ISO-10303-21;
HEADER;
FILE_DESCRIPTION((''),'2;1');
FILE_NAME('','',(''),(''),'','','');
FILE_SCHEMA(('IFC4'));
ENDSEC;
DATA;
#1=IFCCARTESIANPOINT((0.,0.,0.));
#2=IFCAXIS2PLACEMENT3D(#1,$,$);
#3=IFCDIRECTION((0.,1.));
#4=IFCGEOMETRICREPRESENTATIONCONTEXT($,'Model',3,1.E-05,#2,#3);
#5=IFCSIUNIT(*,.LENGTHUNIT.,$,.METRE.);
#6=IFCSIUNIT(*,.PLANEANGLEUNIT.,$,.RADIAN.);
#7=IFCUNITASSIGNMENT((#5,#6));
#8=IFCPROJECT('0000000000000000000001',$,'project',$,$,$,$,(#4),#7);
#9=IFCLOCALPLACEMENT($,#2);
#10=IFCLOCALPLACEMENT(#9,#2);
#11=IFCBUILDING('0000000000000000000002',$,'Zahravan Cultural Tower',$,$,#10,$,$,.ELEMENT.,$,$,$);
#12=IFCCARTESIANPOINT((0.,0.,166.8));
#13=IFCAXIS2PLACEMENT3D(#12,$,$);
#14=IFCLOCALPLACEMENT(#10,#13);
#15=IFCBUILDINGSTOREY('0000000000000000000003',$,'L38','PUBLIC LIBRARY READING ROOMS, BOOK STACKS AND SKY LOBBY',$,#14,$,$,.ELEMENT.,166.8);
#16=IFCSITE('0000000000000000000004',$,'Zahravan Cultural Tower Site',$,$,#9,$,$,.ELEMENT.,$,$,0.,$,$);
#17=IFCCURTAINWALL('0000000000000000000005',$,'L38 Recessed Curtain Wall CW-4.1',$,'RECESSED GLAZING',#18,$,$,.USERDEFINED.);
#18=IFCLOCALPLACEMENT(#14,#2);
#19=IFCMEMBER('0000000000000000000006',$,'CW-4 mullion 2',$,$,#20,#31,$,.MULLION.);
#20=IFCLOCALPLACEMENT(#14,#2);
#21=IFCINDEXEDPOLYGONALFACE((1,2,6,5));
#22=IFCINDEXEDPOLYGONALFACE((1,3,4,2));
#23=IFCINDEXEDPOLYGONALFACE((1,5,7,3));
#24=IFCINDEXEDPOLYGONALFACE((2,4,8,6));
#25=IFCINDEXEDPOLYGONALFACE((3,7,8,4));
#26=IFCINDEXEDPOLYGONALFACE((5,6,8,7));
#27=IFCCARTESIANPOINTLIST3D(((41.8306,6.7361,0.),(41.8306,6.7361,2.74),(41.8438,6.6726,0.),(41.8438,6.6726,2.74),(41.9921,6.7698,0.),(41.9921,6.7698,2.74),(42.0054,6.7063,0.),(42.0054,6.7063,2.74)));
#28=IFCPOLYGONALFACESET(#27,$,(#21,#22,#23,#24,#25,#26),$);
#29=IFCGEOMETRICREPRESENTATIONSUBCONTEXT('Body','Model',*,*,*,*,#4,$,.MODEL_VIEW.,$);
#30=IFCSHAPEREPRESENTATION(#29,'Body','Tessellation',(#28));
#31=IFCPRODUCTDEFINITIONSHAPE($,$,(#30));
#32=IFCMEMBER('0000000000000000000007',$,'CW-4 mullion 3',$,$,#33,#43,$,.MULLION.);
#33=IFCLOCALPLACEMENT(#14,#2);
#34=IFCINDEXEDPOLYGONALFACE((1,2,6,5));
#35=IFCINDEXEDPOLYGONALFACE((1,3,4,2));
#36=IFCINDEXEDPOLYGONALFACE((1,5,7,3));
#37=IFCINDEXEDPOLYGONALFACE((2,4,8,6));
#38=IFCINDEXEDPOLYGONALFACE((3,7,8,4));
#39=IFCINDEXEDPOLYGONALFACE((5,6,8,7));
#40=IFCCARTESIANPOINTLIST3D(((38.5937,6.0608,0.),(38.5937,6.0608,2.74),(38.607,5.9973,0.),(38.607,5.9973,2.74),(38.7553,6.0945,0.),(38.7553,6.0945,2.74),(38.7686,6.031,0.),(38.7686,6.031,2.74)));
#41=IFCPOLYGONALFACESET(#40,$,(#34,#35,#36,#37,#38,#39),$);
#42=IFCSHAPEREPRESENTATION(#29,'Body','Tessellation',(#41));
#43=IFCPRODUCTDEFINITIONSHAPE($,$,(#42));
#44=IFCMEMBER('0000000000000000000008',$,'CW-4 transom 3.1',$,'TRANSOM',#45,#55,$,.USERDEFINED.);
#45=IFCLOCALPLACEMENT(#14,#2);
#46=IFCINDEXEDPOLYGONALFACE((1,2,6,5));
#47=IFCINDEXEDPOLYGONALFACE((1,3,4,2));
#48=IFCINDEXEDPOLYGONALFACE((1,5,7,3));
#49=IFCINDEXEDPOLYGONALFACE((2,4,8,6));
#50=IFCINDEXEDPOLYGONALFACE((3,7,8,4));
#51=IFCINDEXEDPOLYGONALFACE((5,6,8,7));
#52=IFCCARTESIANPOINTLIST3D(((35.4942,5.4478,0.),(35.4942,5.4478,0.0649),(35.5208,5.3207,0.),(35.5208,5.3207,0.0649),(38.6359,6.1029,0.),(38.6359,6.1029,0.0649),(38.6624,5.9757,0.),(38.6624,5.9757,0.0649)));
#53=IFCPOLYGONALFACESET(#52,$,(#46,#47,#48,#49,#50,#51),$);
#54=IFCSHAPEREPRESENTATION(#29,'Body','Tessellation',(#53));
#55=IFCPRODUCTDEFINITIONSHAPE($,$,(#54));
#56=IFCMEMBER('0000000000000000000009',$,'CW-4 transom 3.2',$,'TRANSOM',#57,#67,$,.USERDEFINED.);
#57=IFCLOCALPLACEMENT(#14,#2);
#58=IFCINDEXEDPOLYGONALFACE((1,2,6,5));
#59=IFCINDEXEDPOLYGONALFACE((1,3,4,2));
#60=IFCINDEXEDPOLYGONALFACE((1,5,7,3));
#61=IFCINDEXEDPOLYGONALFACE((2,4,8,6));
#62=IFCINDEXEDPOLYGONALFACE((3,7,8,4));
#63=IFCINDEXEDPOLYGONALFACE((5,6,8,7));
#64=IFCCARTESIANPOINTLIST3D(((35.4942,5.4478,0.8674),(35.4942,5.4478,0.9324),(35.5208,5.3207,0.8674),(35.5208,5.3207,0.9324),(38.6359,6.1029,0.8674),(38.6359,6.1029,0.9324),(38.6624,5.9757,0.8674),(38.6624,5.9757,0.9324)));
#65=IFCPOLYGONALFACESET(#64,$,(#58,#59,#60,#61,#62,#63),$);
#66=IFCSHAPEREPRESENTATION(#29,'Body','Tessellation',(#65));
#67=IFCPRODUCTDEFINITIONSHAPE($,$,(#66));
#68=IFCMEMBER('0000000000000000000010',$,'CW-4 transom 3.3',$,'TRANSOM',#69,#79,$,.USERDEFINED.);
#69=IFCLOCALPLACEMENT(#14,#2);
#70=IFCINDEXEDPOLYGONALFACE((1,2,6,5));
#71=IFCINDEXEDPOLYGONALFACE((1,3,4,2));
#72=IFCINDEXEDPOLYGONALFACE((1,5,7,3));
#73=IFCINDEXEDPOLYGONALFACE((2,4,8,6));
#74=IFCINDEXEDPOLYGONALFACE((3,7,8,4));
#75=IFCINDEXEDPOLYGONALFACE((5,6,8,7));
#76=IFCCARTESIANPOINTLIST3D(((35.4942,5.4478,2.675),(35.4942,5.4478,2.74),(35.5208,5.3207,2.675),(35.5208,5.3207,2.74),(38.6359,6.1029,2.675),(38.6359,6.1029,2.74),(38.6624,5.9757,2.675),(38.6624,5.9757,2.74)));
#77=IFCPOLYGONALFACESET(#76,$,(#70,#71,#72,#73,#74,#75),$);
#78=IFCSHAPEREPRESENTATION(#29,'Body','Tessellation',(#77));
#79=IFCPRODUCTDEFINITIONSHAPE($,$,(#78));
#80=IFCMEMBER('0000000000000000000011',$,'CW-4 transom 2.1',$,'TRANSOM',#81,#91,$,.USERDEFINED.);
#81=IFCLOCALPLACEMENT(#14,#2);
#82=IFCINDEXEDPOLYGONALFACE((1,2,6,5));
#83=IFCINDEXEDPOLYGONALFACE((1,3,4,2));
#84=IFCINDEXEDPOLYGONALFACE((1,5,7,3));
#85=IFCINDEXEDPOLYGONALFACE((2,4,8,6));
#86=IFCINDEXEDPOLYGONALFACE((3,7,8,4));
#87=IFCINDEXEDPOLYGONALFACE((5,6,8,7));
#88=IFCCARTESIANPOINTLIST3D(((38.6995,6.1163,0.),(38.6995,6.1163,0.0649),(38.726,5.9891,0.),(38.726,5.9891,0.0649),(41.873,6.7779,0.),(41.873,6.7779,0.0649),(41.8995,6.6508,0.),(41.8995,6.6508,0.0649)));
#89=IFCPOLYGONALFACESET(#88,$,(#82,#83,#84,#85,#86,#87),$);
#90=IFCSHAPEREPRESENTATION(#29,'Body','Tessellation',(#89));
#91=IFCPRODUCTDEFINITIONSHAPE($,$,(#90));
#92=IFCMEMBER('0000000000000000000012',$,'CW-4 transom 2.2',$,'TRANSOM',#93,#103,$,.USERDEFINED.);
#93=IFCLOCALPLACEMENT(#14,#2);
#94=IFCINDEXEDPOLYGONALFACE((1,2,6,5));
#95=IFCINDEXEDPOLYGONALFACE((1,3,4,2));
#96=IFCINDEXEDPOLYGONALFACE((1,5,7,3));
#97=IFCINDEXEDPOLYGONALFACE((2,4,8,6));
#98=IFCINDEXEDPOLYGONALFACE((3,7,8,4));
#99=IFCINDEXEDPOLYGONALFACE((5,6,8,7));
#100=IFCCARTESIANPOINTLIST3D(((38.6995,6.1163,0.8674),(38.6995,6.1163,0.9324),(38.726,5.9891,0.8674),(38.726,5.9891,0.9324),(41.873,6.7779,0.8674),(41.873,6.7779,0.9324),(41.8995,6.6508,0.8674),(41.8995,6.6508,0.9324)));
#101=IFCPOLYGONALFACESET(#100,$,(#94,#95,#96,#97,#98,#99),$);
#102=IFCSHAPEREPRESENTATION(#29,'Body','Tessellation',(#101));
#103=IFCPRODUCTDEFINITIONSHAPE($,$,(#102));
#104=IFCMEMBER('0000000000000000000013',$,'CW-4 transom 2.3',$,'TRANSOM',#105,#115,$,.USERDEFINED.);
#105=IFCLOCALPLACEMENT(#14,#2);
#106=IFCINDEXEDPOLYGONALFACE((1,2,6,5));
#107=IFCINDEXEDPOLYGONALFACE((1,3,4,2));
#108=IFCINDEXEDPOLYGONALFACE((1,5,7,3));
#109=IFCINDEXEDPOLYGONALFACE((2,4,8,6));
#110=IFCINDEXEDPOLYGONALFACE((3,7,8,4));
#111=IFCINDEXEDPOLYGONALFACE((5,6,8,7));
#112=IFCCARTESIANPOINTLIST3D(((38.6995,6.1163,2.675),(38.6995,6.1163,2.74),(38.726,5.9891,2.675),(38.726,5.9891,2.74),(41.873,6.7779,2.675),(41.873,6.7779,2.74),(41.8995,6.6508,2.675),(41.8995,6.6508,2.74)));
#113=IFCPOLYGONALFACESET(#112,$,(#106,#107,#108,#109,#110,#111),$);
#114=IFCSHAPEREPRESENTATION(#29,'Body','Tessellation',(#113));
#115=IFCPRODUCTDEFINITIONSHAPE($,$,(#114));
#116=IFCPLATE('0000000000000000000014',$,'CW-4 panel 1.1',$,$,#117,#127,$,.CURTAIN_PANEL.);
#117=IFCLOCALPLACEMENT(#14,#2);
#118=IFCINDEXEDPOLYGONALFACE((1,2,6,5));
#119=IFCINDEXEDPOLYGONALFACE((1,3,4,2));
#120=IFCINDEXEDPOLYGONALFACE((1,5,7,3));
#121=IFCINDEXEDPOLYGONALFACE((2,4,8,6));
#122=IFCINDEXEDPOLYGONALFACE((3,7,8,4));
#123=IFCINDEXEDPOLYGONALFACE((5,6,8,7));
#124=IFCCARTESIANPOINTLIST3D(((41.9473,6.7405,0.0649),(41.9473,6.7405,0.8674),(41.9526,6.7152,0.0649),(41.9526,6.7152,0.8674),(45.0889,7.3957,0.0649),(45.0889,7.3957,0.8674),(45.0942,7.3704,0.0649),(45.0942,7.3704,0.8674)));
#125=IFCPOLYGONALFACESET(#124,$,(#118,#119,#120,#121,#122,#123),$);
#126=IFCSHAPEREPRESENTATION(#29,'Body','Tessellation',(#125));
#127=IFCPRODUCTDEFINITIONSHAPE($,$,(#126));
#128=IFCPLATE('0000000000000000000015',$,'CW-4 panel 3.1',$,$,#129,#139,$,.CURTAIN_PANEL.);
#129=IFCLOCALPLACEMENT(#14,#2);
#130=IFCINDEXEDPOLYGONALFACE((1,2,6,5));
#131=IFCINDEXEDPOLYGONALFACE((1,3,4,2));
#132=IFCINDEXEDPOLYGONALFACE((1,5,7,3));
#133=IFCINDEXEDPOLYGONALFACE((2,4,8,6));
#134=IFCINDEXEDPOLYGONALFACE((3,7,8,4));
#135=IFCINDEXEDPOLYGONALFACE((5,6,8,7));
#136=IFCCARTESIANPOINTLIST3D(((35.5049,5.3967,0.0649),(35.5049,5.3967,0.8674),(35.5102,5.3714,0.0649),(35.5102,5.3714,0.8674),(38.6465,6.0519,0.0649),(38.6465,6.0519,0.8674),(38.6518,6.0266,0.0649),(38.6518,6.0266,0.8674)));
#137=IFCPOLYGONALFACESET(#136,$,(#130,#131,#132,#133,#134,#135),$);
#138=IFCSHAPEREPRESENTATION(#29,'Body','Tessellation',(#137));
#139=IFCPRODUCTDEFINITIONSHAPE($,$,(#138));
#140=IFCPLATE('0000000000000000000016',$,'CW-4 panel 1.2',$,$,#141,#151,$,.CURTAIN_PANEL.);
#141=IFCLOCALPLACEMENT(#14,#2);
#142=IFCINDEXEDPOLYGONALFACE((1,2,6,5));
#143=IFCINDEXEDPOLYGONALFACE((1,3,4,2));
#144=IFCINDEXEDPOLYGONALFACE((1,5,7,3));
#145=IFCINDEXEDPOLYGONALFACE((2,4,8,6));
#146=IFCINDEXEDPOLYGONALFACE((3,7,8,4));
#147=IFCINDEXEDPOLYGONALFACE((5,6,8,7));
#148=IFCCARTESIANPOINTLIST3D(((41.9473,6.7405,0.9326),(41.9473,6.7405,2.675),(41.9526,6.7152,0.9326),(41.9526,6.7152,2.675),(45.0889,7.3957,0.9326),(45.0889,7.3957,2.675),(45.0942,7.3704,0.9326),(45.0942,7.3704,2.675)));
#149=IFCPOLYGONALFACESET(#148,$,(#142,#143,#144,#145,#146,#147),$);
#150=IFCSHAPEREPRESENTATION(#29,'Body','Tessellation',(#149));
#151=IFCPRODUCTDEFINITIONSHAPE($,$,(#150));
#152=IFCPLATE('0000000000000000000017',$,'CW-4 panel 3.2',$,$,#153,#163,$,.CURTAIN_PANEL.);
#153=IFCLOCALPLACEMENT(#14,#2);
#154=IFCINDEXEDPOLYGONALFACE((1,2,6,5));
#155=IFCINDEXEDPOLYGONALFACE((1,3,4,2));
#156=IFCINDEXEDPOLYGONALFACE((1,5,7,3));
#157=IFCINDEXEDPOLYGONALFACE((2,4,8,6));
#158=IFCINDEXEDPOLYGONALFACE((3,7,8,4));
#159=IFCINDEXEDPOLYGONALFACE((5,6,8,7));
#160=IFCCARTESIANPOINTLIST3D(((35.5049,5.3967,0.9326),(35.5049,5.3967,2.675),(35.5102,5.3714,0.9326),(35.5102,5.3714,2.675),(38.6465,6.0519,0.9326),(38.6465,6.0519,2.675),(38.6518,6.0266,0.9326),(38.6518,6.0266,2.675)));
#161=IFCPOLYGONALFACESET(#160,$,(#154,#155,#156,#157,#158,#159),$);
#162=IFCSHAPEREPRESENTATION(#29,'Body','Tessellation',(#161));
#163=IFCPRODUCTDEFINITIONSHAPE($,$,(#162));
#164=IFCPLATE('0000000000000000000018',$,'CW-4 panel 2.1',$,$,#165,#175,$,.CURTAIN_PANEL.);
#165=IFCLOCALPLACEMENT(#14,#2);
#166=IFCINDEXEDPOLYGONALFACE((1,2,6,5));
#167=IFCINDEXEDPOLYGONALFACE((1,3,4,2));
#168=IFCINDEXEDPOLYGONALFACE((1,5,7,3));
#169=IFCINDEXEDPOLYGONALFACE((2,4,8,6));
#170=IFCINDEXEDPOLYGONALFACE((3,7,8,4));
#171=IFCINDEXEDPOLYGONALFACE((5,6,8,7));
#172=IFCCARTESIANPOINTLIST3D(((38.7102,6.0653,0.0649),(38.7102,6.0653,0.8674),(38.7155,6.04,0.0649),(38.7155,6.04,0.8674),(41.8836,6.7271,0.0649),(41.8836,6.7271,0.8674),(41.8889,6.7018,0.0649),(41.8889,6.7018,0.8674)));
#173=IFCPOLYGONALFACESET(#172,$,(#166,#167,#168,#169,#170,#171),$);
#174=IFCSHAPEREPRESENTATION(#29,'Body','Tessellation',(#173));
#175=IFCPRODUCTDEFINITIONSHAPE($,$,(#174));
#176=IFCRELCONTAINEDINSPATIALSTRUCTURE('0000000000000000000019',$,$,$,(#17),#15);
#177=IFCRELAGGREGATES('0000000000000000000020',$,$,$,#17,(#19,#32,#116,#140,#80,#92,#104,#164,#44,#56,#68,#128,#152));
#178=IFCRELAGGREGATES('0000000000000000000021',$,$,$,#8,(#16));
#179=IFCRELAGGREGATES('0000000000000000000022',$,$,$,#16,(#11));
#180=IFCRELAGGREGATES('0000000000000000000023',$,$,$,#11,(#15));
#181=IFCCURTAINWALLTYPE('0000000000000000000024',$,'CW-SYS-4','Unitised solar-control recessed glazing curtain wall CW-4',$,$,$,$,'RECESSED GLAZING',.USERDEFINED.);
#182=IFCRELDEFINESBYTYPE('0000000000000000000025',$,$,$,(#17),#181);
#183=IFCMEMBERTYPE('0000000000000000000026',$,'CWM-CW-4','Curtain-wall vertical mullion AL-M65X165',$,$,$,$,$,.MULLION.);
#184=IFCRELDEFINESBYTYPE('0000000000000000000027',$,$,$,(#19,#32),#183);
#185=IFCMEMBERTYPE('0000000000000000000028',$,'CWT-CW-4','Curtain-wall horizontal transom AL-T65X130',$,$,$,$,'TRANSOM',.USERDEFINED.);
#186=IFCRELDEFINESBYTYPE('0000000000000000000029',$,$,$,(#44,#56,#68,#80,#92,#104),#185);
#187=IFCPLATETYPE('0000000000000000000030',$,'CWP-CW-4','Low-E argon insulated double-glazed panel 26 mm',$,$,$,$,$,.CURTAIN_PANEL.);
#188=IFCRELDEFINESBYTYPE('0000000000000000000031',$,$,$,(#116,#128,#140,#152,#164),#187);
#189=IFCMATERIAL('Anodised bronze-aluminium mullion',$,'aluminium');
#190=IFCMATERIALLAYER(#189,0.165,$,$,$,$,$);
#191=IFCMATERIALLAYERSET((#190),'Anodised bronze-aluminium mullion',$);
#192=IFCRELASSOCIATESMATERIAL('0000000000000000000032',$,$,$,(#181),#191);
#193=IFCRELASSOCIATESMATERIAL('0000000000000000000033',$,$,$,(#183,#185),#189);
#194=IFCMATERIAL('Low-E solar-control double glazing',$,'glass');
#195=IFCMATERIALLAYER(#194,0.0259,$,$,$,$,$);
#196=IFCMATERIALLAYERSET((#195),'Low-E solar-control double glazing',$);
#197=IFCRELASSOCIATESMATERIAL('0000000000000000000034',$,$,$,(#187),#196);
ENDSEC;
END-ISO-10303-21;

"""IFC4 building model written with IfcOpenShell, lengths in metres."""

from ifc_helpers import new_model, si_unit, direction, frame, origin, origin_2d, place, context, subcontext, project, spatial, rectangle, extrude, source, transform, mapped, material, layer, layer_set, material_profile, profile_set, type_object, element, aggregate, save


model = new_model("IFC4")

# Units and contexts
model_context = context("Model", 3, precision=1e-05, world=origin(), true_north=direction((0.0, 1.0)))
body_context = subcontext(model_context, "Body", "Model", "MODEL_VIEW")
ifc_project = project(units=[si_unit("LENGTHUNIT", "METRE"), si_unit("PLANEANGLEUNIT", "RADIAN")], contexts=[model_context])

# Site, building, storey
site_placement = place(None, origin())
site = spatial("IfcSite", under=ifc_project, at=site_placement, Name="Zahravan Cultural Tower Site", CompositionType="ELEMENT", RefElevation=0.0)
building_placement = place(site_placement, origin())
building = spatial("IfcBuilding", under=site, at=building_placement, Name="Zahravan Cultural Tower", CompositionType="ELEMENT")
storey_placement = place(building_placement, frame((0.0, 0.0, 166.8)))
storey = spatial("IfcBuildingStorey", under=building, at=storey_placement, Name="L38", Description="PUBLIC LIBRARY READING ROOMS, BOOK STACKS AND SKY LOBBY", CompositionType="ELEMENT", Elevation=166.8)

# Curtain wall, members, plates
ifc_material_1 = material(Name="Anodised bronze-aluminium mullion", Category="aluminium")
ifc_layer_1 = layer(ifc_material_1, 0.165)
ifc_layer_set_1 = layer_set([ifc_layer_1], Name="Anodised bronze-aluminium mullion")
curtain_wall_type = type_object("IfcCurtainWallType", Name="CW-SYS-4", Description="Unitised solar-control recessed glazing curtain wall CW-4", ElementType="RECESSED GLAZING", PredefinedType="USERDEFINED", material=ifc_layer_set_1)
curtain_wall_placement = place(storey_placement, origin())
curtain_wall = element("IfcCurtainWall", 1, at=curtain_wall_placement, inside=storey, type_object=curtain_wall_type, Name="L38 Recessed Curtain Wall CW-4.1", ObjectType="RECESSED GLAZING", PredefinedType="USERDEFINED")
ifc_material_profile_1 = material_profile(ifc_material_1, rectangle(XDim=0.0649, YDim=0.165, at=origin_2d()), Name="AL-M65X165")
ifc_profile_set_1 = profile_set([ifc_material_profile_1], Name="Anodised bronze-aluminium mullion")
member_type_1 = type_object("IfcMemberType", Name="CWM-CW-4", Description="Curtain-wall vertical mullion AL-M65X165", PredefinedType="MULLION", material=ifc_profile_set_1)
shared_shape_1 = source(origin(), body_context, "Body", "SweptSolid", [
    extrude(rectangle(XDim=0.0649, YDim=0.165, at=origin_2d()), origin(), (0.0, 0.0, 1.0), 2.74),
])
member_1_placement = place(storey_placement, frame((41.918, 6.7212, 0.0), z_axis=(0.0, 0.0, 1.0), x_axis=(0.204162, -0.978937, 0.0)))
member_1 = element("IfcMember", 2, at=member_1_placement, type_object=member_type_1, Name="CW-4 mullion 2", PredefinedType="MULLION", context=body_context, shape_type="MappedRepresentation", body=[
    mapped(shared_shape_1, transform((0.0, 0.0, 0.0), x_axis=(1.0, 0.0, 0.0), y_axis=(0.0, 1.0, 0.0), z_axis=(0.0, 0.0, 1.0), scale=1.0)),
])
member_2_placement = place(storey_placement, frame((38.6812, 6.0459, 0.0), z_axis=(0.0, 0.0, 1.0), x_axis=(0.204162, -0.978937, 0.0)))
member_2 = element("IfcMember", 3, at=member_2_placement, type_object=member_type_1, Name="CW-4 mullion 3", PredefinedType="MULLION", context=body_context, shape_type="MappedRepresentation", body=[
    mapped(shared_shape_1, transform((0.0, 0.0, 0.0), x_axis=(1.0, 0.0, 0.0), y_axis=(0.0, 1.0, 0.0), z_axis=(0.0, 0.0, 1.0), scale=1.0)),
])
ifc_material_profile_2 = material_profile(ifc_material_1, rectangle(XDim=0.1299, YDim=0.0649, at=origin_2d()), Name="AL-T65X130")
ifc_profile_set_2 = profile_set([ifc_material_profile_2], Name="Anodised bronze-aluminium mullion")
member_type_2 = type_object("IfcMemberType", Name="CWT-CW-4", Description="Curtain-wall horizontal transom AL-T65X130", ElementType="TRANSOM", PredefinedType="USERDEFINED", material=ifc_profile_set_2)
shared_shape_2 = source(origin(), body_context, "Body", "SweptSolid", [
    extrude(rectangle(XDim=0.1299, YDim=0.0649, at=origin_2d()), origin(), (0.0, 0.0, 1.0), 3.2092),
])
member_3_placement = place(storey_placement, frame((38.6492, 6.0393, 0.0325), z_axis=(-0.978947, -0.204112, 0.0), x_axis=(0.204112, -0.978947, 0.0)))
member_3 = element("IfcMember", 4, at=member_3_placement, type_object=member_type_2, Name="CW-4 transom 3.1", ObjectType="TRANSOM", PredefinedType="USERDEFINED", context=body_context, shape_type="MappedRepresentation", body=[
    mapped(shared_shape_2, transform((0.0, 0.0, 0.0), x_axis=(1.0, 0.0, 0.0), y_axis=(0.0, 1.0, 0.0), z_axis=(0.0, 0.0, 1.0), scale=1.0)),
])
member_4_placement = place(storey_placement, frame((38.6492, 6.0393, 0.8999), z_axis=(-0.978947, -0.204112, 0.0), x_axis=(0.204112, -0.978947, 0.0)))
member_4 = element("IfcMember", 5, at=member_4_placement, type_object=member_type_2, Name="CW-4 transom 3.2", ObjectType="TRANSOM", PredefinedType="USERDEFINED", context=body_context, shape_type="MappedRepresentation", body=[
    mapped(shared_shape_2, transform((0.0, 0.0, 0.0), x_axis=(1.0, 0.0, 0.0), y_axis=(0.0, 1.0, 0.0), z_axis=(0.0, 0.0, 1.0), scale=1.0)),
])
member_5_placement = place(storey_placement, frame((38.6492, 6.0393, 2.7075), z_axis=(-0.978947, -0.204112, 0.0), x_axis=(0.204112, -0.978947, 0.0)))
member_5 = element("IfcMember", 6, at=member_5_placement, type_object=member_type_2, Name="CW-4 transom 3.3", ObjectType="TRANSOM", PredefinedType="USERDEFINED", context=body_context, shape_type="MappedRepresentation", body=[
    mapped(shared_shape_2, transform((0.0, 0.0, 0.0), x_axis=(1.0, 0.0, 0.0), y_axis=(0.0, 1.0, 0.0), z_axis=(0.0, 0.0, 1.0), scale=1.0)),
])
shared_shape_3 = source(origin(), body_context, "Body", "SweptSolid", [
    extrude(rectangle(XDim=0.1299, YDim=0.0649, at=origin_2d()), origin(), (0.0, 0.0, 1.0), 3.2417),
])
member_6_placement = place(storey_placement, frame((41.8862, 6.7144, 0.0325), z_axis=(-0.978949, -0.204105, 0.0), x_axis=(0.204105, -0.978949, 0.0)))
member_6 = element("IfcMember", 7, at=member_6_placement, type_object=member_type_2, Name="CW-4 transom 2.1", ObjectType="TRANSOM", PredefinedType="USERDEFINED", context=body_context, shape_type="MappedRepresentation", body=[
    mapped(shared_shape_3, transform((0.0, 0.0, 0.0), x_axis=(1.0, 0.0, 0.0), y_axis=(0.0, 1.0, 0.0), z_axis=(0.0, 0.0, 1.0), scale=1.0)),
])
member_7_placement = place(storey_placement, frame((41.8862, 6.7144, 0.8999), z_axis=(-0.978949, -0.204105, 0.0), x_axis=(0.204105, -0.978949, 0.0)))
member_7 = element("IfcMember", 8, at=member_7_placement, type_object=member_type_2, Name="CW-4 transom 2.2", ObjectType="TRANSOM", PredefinedType="USERDEFINED", context=body_context, shape_type="MappedRepresentation", body=[
    mapped(shared_shape_3, transform((0.0, 0.0, 0.0), x_axis=(1.0, 0.0, 0.0), y_axis=(0.0, 1.0, 0.0), z_axis=(0.0, 0.0, 1.0), scale=1.0)),
])
member_8_placement = place(storey_placement, frame((41.8862, 6.7144, 2.7075), z_axis=(-0.978949, -0.204105, 0.0), x_axis=(0.204105, -0.978949, 0.0)))
member_8 = element("IfcMember", 9, at=member_8_placement, type_object=member_type_2, Name="CW-4 transom 2.3", ObjectType="TRANSOM", PredefinedType="USERDEFINED", context=body_context, shape_type="MappedRepresentation", body=[
    mapped(shared_shape_3, transform((0.0, 0.0, 0.0), x_axis=(1.0, 0.0, 0.0), y_axis=(0.0, 1.0, 0.0), z_axis=(0.0, 0.0, 1.0), scale=1.0)),
])
ifc_material_2 = material(Name="Low-E solar-control double glazing", Category="glass")
ifc_layer_2 = layer(ifc_material_2, 0.0259)
ifc_layer_set_2 = layer_set([ifc_layer_2], Name="Low-E solar-control double glazing")
plate_type = type_object("IfcPlateType", Name="CWP-CW-4", Description="Low-E argon insulated double-glazed panel 26 mm", PredefinedType="CURTAIN_PANEL", material=ifc_layer_set_2)
shared_shape_4 = source(origin(), body_context, "Body", "SweptSolid", [
    extrude(rectangle(XDim=3.2092, YDim=0.0259, at=origin_2d()), origin(), (0.0, 0.0, 1.0), 0.8025),
])
plate_1_placement = place(storey_placement, frame((43.5208, 7.0554, 0.0649), z_axis=(0.0, 0.0, 1.0), x_axis=(-0.978937, -0.204162, 0.0)))
plate_1 = element("IfcPlate", 10, at=plate_1_placement, type_object=plate_type, Name="CW-4 panel 1.1", PredefinedType="CURTAIN_PANEL", context=body_context, shape_type="MappedRepresentation", body=[
    mapped(shared_shape_4, transform((0.0, 0.0, 0.0), x_axis=(1.0, 0.0, 0.0), y_axis=(0.0, 1.0, 0.0), z_axis=(0.0, 0.0, 1.0), scale=1.0)),
])
plate_2_placement = place(storey_placement, frame((37.0784, 5.7117, 0.0649), z_axis=(0.0, 0.0, 1.0), x_axis=(-0.978937, -0.204162, 0.0)))
plate_2 = element("IfcPlate", 11, at=plate_2_placement, type_object=plate_type, Name="CW-4 panel 3.1", PredefinedType="CURTAIN_PANEL", context=body_context, shape_type="MappedRepresentation", body=[
    mapped(shared_shape_4, transform((0.0, 0.0, 0.0), x_axis=(1.0, 0.0, 0.0), y_axis=(0.0, 1.0, 0.0), z_axis=(0.0, 0.0, 1.0), scale=1.0)),
])
shared_shape_5 = source(origin(), body_context, "Body", "SweptSolid", [
    extrude(rectangle(XDim=3.2092, YDim=0.0259, at=origin_2d()), origin(), (0.0, 0.0, 1.0), 1.7424),
])
plate_3_placement = place(storey_placement, frame((43.5208, 7.0554, 0.9326), z_axis=(0.0, 0.0, 1.0), x_axis=(-0.978937, -0.204162, 0.0)))
plate_3 = element("IfcPlate", 12, at=plate_3_placement, type_object=plate_type, Name="CW-4 panel 1.2", PredefinedType="CURTAIN_PANEL", context=body_context, shape_type="MappedRepresentation", body=[
    mapped(shared_shape_5, transform((0.0, 0.0, 0.0), x_axis=(1.0, 0.0, 0.0), y_axis=(0.0, 1.0, 0.0), z_axis=(0.0, 0.0, 1.0), scale=1.0)),
])
plate_4_placement = place(storey_placement, frame((37.0784, 5.7117, 0.9326), z_axis=(0.0, 0.0, 1.0), x_axis=(-0.978937, -0.204162, 0.0)))
plate_4 = element("IfcPlate", 13, at=plate_4_placement, type_object=plate_type, Name="CW-4 panel 3.2", PredefinedType="CURTAIN_PANEL", context=body_context, shape_type="MappedRepresentation", body=[
    mapped(shared_shape_5, transform((0.0, 0.0, 0.0), x_axis=(1.0, 0.0, 0.0), y_axis=(0.0, 1.0, 0.0), z_axis=(0.0, 0.0, 1.0), scale=1.0)),
])
shared_shape_6 = source(origin(), body_context, "Body", "SweptSolid", [
    extrude(rectangle(XDim=3.2417, YDim=0.0259, at=origin_2d()), origin(), (0.0, 0.0, 1.0), 0.8025),
])
plate_5_placement = place(storey_placement, frame((40.2996, 6.3835, 0.0649), z_axis=(0.0, 0.0, 1.0), x_axis=(-0.978937, -0.204162, 0.0)))
plate_5 = element("IfcPlate", 14, at=plate_5_placement, type_object=plate_type, Name="CW-4 panel 2.1", PredefinedType="CURTAIN_PANEL", context=body_context, shape_type="MappedRepresentation", body=[
    mapped(shared_shape_6, transform((0.0, 0.0, 0.0), x_axis=(1.0, 0.0, 0.0), y_axis=(0.0, 1.0, 0.0), z_axis=(0.0, 0.0, 1.0), scale=1.0)),
])
aggregate(curtain_wall, [member_1, member_2, plate_1, plate_3, member_6, member_7, member_8, plate_5, member_3, member_4, member_5, plate_2, plate_4])

save(model, "model.ifc")
